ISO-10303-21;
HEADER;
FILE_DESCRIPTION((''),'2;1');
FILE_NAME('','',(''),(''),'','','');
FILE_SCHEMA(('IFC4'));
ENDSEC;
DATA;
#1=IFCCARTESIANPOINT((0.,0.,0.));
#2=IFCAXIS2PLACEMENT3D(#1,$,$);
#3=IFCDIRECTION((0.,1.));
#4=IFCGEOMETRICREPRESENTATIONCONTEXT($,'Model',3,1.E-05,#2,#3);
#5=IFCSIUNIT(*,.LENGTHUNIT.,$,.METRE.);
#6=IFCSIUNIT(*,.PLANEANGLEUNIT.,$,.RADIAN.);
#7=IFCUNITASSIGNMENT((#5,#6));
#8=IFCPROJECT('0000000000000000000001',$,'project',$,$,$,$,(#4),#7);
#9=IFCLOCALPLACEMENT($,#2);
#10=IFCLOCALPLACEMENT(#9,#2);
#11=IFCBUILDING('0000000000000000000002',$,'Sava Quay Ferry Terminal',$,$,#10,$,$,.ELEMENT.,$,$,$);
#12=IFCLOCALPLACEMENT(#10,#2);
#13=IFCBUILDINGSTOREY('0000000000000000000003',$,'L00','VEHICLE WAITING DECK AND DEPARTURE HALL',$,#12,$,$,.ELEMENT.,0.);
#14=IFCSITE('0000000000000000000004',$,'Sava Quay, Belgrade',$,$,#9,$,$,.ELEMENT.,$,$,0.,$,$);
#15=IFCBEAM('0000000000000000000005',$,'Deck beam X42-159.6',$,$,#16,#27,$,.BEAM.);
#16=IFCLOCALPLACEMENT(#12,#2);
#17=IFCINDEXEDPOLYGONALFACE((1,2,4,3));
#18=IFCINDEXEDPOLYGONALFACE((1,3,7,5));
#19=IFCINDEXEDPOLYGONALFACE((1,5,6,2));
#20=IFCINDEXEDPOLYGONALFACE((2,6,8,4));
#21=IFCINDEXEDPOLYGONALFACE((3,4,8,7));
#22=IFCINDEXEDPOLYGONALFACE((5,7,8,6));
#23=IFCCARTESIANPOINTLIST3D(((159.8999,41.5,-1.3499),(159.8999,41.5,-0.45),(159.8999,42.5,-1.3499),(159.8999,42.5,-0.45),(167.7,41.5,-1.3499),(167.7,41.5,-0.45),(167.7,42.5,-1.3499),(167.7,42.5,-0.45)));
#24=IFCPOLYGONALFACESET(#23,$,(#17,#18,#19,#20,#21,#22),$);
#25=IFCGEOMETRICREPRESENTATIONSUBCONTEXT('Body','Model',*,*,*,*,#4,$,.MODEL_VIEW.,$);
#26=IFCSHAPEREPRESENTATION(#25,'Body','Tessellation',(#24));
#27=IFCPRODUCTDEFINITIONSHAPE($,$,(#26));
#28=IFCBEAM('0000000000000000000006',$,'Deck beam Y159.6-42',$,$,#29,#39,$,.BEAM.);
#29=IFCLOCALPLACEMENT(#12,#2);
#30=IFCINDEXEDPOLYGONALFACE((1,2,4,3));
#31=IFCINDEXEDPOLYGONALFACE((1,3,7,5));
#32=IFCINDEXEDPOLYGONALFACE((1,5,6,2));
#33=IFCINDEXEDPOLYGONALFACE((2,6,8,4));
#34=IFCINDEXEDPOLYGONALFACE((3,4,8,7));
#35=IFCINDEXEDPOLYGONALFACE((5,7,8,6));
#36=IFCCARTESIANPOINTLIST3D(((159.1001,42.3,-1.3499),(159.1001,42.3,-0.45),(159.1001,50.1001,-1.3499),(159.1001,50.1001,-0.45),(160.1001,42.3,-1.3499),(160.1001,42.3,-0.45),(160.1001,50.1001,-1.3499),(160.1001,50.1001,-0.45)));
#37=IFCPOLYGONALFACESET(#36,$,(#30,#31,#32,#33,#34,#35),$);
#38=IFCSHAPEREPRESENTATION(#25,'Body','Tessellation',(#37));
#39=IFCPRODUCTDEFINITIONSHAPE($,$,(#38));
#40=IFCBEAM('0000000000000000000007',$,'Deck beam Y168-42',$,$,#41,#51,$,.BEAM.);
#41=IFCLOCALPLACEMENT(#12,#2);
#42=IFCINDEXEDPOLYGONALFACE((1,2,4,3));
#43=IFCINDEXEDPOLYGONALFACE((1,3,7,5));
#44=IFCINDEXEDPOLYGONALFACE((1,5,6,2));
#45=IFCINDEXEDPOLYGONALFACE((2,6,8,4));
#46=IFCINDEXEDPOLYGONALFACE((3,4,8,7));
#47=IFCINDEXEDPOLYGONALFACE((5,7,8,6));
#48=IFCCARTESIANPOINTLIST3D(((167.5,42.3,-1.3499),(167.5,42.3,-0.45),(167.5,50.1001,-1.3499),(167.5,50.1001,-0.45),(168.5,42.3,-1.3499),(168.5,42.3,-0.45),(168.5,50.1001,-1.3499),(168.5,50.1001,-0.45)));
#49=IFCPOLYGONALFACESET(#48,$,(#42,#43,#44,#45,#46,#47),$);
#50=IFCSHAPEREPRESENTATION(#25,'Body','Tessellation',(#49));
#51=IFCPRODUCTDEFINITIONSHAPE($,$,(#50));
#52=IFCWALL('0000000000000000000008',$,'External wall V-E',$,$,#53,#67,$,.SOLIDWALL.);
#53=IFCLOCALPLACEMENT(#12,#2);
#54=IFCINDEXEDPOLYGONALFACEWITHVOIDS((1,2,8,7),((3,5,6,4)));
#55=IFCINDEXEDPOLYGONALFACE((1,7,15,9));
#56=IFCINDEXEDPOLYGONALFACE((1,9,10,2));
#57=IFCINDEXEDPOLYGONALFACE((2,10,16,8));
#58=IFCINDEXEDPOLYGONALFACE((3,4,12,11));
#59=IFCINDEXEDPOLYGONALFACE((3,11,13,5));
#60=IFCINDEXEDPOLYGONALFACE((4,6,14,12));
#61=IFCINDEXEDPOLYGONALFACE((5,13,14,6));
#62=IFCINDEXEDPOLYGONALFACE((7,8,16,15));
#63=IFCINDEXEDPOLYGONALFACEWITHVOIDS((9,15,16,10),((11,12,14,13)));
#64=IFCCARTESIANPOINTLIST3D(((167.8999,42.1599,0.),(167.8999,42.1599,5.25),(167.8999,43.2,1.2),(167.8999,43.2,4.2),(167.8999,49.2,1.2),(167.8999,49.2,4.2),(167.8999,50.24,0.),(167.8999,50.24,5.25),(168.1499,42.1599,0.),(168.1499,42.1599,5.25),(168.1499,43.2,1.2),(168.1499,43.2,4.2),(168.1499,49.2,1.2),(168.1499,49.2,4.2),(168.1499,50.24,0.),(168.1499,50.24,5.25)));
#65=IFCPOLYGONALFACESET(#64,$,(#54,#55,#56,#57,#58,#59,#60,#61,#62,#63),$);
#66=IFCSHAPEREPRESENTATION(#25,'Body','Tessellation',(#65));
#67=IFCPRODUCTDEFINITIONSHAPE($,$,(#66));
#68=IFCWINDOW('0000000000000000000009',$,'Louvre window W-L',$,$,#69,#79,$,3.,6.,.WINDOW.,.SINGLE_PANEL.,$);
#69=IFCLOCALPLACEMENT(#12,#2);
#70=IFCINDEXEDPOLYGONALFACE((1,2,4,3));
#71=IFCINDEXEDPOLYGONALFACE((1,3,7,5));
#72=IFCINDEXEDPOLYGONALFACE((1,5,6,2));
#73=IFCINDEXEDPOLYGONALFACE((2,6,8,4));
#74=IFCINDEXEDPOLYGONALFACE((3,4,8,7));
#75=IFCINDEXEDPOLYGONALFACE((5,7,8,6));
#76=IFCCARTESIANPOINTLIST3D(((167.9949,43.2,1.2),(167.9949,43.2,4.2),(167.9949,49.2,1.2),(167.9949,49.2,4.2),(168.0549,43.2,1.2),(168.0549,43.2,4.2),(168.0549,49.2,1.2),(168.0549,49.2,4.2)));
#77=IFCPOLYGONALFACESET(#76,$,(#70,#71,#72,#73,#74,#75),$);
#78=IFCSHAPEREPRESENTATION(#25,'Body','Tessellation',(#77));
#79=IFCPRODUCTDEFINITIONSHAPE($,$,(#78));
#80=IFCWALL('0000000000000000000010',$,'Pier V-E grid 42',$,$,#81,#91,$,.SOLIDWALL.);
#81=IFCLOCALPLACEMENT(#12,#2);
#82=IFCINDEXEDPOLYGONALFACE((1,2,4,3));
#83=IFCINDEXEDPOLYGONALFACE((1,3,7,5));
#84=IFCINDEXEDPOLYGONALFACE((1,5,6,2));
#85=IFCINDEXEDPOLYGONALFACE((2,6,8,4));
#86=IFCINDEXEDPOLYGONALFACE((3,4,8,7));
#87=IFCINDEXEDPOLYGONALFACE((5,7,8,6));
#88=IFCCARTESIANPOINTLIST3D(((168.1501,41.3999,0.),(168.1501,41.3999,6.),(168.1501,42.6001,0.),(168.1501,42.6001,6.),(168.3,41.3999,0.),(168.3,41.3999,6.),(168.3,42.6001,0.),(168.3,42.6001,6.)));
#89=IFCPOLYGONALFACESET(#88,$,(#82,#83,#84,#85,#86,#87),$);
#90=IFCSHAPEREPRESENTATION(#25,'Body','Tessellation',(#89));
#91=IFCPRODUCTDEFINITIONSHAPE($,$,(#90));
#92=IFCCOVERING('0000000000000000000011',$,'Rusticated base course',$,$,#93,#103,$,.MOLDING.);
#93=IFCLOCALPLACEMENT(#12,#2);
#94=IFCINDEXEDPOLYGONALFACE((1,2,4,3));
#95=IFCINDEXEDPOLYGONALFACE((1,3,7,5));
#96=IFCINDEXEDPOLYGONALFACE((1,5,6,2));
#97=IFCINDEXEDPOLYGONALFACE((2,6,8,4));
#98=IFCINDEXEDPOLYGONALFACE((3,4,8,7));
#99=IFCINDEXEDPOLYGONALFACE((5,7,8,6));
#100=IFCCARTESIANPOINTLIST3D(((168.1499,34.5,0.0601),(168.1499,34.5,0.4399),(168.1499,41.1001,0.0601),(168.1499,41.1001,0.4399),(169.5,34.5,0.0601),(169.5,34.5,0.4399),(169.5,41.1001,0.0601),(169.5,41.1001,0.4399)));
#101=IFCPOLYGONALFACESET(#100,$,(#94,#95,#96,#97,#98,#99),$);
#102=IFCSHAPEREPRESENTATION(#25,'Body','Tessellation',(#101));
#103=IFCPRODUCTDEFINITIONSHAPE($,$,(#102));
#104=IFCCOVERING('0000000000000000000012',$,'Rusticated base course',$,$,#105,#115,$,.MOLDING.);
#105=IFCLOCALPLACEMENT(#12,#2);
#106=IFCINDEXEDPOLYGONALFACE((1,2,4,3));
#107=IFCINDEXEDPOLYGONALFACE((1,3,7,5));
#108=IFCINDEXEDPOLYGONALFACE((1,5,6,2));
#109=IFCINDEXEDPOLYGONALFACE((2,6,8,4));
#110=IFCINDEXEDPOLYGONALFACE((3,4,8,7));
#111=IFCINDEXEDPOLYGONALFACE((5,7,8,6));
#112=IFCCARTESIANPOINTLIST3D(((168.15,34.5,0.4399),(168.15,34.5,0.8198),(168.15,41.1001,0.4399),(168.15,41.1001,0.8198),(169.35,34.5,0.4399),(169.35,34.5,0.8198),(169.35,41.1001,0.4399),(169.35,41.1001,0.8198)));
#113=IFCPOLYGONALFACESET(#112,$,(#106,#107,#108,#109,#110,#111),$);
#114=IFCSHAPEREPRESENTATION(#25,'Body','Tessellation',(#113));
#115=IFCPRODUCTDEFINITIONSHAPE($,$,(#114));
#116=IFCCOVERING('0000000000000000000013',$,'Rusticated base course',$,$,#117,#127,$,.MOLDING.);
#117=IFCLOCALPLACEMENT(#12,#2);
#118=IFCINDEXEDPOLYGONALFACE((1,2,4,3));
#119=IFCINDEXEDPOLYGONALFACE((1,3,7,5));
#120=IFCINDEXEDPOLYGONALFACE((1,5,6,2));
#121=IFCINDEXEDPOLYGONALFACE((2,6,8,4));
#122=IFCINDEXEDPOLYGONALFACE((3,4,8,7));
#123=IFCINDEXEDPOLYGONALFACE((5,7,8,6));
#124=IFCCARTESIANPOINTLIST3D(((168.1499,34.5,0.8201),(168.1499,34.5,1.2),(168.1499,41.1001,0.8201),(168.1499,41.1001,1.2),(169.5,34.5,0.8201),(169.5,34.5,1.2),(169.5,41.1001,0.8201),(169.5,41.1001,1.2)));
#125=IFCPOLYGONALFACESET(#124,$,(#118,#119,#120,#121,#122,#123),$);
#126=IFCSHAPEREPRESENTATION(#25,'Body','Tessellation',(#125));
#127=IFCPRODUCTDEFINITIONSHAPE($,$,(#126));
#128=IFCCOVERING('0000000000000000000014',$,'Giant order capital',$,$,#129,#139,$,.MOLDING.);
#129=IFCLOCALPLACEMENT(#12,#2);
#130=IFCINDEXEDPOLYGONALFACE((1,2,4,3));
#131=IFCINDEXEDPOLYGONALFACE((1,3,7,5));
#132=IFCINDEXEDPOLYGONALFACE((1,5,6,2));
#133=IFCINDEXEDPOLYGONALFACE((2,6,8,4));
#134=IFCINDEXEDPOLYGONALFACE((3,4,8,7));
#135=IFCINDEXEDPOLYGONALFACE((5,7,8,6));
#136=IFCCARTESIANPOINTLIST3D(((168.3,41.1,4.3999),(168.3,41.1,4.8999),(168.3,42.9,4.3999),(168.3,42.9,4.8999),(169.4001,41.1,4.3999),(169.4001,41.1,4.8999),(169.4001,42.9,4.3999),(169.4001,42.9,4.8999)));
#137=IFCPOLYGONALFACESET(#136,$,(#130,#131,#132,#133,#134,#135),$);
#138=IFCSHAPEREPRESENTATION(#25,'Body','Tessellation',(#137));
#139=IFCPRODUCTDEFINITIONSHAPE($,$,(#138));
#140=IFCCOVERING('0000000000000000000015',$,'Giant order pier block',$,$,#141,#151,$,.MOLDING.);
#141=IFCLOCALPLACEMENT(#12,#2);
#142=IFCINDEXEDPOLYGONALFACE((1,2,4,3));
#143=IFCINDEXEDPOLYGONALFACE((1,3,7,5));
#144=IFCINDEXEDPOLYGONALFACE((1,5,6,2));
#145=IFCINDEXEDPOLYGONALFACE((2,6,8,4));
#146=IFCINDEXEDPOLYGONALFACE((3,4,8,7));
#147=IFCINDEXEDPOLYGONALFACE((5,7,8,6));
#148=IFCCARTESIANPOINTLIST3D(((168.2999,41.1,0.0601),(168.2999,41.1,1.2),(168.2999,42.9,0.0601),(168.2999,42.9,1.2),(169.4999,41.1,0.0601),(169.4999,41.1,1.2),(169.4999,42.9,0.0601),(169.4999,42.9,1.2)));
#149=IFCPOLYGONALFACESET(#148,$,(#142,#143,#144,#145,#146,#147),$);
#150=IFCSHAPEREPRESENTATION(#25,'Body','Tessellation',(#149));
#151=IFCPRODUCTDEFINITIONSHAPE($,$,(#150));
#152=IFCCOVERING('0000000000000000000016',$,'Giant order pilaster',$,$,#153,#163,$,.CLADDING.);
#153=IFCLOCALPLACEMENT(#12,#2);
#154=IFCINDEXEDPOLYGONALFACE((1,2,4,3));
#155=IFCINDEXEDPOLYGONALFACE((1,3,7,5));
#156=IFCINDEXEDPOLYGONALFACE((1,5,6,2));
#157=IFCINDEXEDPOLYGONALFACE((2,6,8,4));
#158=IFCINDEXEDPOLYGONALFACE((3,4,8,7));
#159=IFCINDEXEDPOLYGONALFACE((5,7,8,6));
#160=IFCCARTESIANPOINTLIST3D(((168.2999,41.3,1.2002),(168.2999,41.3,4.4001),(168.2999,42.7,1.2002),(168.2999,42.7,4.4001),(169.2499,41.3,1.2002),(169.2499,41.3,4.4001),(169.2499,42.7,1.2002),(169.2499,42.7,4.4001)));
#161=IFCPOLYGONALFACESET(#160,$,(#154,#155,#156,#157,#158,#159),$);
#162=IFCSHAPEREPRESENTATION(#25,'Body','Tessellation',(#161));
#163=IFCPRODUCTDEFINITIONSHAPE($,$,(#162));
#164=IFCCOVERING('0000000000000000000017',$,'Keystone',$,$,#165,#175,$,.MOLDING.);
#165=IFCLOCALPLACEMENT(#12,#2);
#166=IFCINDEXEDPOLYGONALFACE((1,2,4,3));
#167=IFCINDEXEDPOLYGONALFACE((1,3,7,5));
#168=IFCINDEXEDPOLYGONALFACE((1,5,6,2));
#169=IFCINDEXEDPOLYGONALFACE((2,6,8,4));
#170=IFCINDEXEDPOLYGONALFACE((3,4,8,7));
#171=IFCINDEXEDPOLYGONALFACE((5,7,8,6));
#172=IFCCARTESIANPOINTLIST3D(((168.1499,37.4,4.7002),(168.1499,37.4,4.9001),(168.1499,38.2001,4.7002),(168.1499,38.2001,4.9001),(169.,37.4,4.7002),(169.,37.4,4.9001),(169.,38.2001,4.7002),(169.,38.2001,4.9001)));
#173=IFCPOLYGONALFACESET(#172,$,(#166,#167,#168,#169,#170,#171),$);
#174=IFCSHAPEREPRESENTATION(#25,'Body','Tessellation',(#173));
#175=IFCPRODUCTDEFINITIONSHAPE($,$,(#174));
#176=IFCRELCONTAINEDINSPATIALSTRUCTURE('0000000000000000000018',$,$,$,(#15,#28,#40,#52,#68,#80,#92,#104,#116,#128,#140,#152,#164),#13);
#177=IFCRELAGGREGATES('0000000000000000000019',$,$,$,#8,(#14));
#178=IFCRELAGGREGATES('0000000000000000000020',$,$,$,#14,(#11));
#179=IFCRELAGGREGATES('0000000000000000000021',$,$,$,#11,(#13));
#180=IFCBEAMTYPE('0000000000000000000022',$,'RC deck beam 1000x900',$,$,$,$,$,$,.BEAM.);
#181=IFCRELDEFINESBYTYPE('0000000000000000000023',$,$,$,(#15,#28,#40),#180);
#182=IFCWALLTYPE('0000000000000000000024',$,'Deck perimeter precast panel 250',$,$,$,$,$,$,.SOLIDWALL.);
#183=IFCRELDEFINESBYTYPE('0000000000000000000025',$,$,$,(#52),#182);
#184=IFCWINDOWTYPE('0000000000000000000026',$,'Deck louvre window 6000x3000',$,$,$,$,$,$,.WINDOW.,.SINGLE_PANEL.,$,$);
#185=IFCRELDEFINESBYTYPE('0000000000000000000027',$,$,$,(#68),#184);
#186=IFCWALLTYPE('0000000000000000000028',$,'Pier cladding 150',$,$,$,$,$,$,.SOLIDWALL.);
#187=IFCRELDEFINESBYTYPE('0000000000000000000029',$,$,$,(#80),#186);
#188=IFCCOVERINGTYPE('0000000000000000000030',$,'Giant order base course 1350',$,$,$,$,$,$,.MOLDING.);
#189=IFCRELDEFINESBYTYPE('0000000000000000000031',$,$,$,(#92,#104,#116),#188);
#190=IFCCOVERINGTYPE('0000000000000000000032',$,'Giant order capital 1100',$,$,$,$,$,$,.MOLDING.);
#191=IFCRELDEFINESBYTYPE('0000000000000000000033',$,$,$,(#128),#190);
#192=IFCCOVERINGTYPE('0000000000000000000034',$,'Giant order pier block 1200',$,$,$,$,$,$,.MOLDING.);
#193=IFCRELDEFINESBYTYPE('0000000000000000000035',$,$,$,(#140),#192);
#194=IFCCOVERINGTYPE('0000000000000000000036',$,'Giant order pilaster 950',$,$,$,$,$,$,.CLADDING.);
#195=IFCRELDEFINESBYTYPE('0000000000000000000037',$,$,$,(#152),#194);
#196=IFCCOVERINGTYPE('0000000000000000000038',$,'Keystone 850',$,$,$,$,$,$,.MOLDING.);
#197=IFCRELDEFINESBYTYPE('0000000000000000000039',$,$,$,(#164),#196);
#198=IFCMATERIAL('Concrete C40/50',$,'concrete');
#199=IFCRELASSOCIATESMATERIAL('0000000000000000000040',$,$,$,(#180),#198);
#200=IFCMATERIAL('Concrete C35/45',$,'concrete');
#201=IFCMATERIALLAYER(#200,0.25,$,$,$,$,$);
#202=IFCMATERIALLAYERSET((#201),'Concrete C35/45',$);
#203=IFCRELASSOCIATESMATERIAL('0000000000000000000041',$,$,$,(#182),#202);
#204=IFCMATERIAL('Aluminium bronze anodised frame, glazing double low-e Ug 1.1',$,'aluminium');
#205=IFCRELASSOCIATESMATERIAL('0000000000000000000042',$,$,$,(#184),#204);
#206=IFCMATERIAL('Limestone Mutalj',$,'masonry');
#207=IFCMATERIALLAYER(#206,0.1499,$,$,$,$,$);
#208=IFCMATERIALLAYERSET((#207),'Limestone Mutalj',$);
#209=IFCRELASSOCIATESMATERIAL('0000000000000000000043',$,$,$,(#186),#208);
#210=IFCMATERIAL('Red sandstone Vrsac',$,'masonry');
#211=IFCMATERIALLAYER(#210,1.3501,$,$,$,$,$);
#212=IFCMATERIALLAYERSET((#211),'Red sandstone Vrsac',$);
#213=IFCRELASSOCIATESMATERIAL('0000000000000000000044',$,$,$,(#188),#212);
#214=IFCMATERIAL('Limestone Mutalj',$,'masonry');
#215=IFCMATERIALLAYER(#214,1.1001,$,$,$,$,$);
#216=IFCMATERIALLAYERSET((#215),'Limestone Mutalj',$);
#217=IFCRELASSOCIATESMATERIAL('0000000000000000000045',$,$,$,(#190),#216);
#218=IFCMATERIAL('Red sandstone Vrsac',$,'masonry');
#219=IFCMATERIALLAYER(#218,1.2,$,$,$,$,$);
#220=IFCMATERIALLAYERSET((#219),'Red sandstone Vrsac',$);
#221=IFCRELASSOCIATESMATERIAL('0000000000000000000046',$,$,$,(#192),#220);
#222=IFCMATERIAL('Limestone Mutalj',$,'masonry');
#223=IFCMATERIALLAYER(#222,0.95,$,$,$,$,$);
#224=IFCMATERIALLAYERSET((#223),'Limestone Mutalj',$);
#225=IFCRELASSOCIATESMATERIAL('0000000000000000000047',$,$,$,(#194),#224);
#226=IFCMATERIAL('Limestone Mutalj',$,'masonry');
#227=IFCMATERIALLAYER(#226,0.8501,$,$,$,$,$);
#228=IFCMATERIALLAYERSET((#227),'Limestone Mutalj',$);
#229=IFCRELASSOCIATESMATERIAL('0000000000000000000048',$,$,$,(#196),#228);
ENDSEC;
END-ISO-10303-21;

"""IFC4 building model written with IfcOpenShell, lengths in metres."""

from ifc_helpers import new_model, si_unit, direction, frame, frame_2d, origin, origin_2d, place, context, subcontext, project, spatial, rectangle, extrude, material, layer, layer_set, material_profile, profile_set, type_object, element, fill, save


model = new_model("IFC4")

# Units and contexts
model_context = context("Model", 3, precision=1e-05, world=origin(), true_north=direction((0.0, 1.0)))
body_context = subcontext(model_context, "Body", "Model", "MODEL_VIEW")
ifc_project = project(units=[si_unit("LENGTHUNIT", "METRE"), si_unit("PLANEANGLEUNIT", "RADIAN")], contexts=[model_context])

# Site, building, storey
site_placement = place(None, origin())
site = spatial("IfcSite", under=ifc_project, at=site_placement, Name="Sava Quay, Belgrade", CompositionType="ELEMENT", RefElevation=0.0)
building_placement = place(site_placement, origin())
building = spatial("IfcBuilding", under=site, at=building_placement, Name="Sava Quay Ferry Terminal", CompositionType="ELEMENT")
storey_placement = place(building_placement, origin())
storey = spatial("IfcBuildingStorey", under=building, at=storey_placement, Name="L00", Description="VEHICLE WAITING DECK AND DEPARTURE HALL", CompositionType="ELEMENT", Elevation=0.0)

# Beams
ifc_material_1 = material(Name="Concrete C40/50", Category="concrete")
ifc_material_profile_1 = material_profile(ifc_material_1, rectangle(XDim=1.0, YDim=0.8999, at=origin_2d()), Name="RC 1000x900")
ifc_profile_set_1 = profile_set([ifc_material_profile_1], Name="Concrete C40/50")
beam_type = type_object("IfcBeamType", Name="RC deck beam 1000x900", PredefinedType="BEAM", material=ifc_profile_set_1)
for number, where, z_axis, x_axis, name in (
    (1, (159.8999, 42.0, -0.8999), (1.0, 0.0, 0.0), (0.0, 1.0, 0.0), "Deck beam X42-159.6"),
    (2, (159.6001, 42.3, -0.8999), (0.0, 1.0, 0.0), (-1.0, 0.0, 0.0), "Deck beam Y159.6-42"),
    (3, (168.0, 42.3, -0.8999), (0.0, 1.0, 0.0), (-1.0, 0.0, 0.0), "Deck beam Y168-42"),
):
    element("IfcBeam", number, at=place(storey_placement, frame(where, z_axis=z_axis, x_axis=x_axis)), inside=storey, type_object=beam_type, Name=name, PredefinedType="BEAM", context=body_context, shape_type="SweptSolid", body=[
        extrude(rectangle(XDim=1.0, YDim=0.8999, at=origin_2d()), origin(), (0.0, 0.0, 1.0), 7.8),
    ])

# Wall, opening, window
ifc_material_2 = material(Name="Concrete C35/45", Category="concrete")
ifc_layer_1 = layer(ifc_material_2, 0.25)
ifc_layer_set_1 = layer_set([ifc_layer_1], Name="Concrete C35/45")
wall_type_1 = type_object("IfcWallType", Name="Deck perimeter precast panel 250", PredefinedType="SOLIDWALL", material=ifc_layer_set_1)
wall_1_placement = place(storey_placement, frame((168.0249, 42.1599, 0.0), z_axis=(0.0, 0.0, 1.0), x_axis=(0.0, 1.0, 0.0)))
wall_1 = element("IfcWall", 4, at=wall_1_placement, inside=storey, type_object=wall_type_1, Name="External wall V-E", PredefinedType="SOLIDWALL", context=body_context, shape_type="SweptSolid", body=[
    extrude(rectangle(XDim=8.0801, YDim=0.25, at=frame_2d((4.04, 0.0))), origin(), (0.0, 0.0, 1.0), 5.25),
])
opening_placement = place(wall_1_placement, frame((1.04, 0.0, 1.2)))
opening = element("IfcOpeningElement", 5, at=opening_placement, cuts=wall_1, PredefinedType="OPENING", context=body_context, shape_type="SweptSolid", body=[
    extrude(rectangle(XDim=6.0, YDim=3.0, at=frame_2d((3.0, 1.5))), frame((0.0, 0.125, 0.0), z_axis=(0.0, -1.0, 0.0), x_axis=(1.0, 0.0, 0.0)), (0.0, 0.0, 1.0), 0.25),
])
ifc_material_3 = material(Name="Aluminium bronze anodised frame, glazing double low-e Ug 1.1", Category="aluminium")
window_type = type_object("IfcWindowType", Name="Deck louvre window 6000x3000", PartitioningType="SINGLE_PANEL", PredefinedType="WINDOW", material=ifc_material_3)
window_placement = place(opening_placement, origin())
window = element("IfcWindow", 6, at=window_placement, inside=storey, type_object=window_type, Name="Louvre window W-L", OverallHeight=3.0, OverallWidth=6.0, PartitioningType="SINGLE_PANEL", PredefinedType="WINDOW", context=body_context, shape_type="SweptSolid", body=[
    extrude(rectangle(XDim=6.0, YDim=3.0, at=frame_2d((3.0, 1.5))), frame((0.0, 0.03, 0.0), z_axis=(0.0, -1.0, 0.0), x_axis=(1.0, 0.0, 0.0)), (0.0, 0.0, 1.0), 0.0601),
])
fill(opening, window)

# Wall
ifc_material_4 = material(Name="Limestone Mutalj", Category="masonry")
ifc_layer_2 = layer(ifc_material_4, 0.1499)
ifc_layer_set_2 = layer_set([ifc_layer_2], Name="Limestone Mutalj")
wall_type_2 = type_object("IfcWallType", Name="Pier cladding 150", PredefinedType="SOLIDWALL", material=ifc_layer_set_2)
wall_2_placement = place(storey_placement, frame((168.2251, 41.3999, 0.0), z_axis=(0.0, 0.0, 1.0), x_axis=(0.0, 1.0, 0.0)))
element("IfcWall", 7, at=wall_2_placement, inside=storey, type_object=wall_type_2, Name="Pier V-E grid 42", PredefinedType="SOLIDWALL", context=body_context, shape_type="SweptSolid", body=[
    extrude(rectangle(XDim=1.2002, YDim=0.1499, at=frame_2d((0.6001, 0.0))), origin(), (0.0, 0.0, 1.0), 6.0),
])

# Coverings
ifc_material_5 = material(Name="Red sandstone Vrsac", Category="masonry")
ifc_layer_3 = layer(ifc_material_5, 1.3501)
ifc_layer_set_3 = layer_set([ifc_layer_3], Name="Red sandstone Vrsac")
covering_type_1 = type_object("IfcCoveringType", Name="Giant order base course 1350", PredefinedType="MOLDING", material=ifc_layer_set_3)
covering_1_placement = place(storey_placement, frame((168.825, 37.8, 0.0601), z_axis=(0.0, 0.0, 1.0), x_axis=(1.0, 0.0, 0.0)))
element("IfcCovering", 8, at=covering_1_placement, inside=storey, type_object=covering_type_1, Name="Rusticated base course", PredefinedType="MOLDING", context=body_context, shape_type="SweptSolid", body=[
    extrude(rectangle(XDim=1.3501, YDim=6.6001, at=origin_2d()), origin(), (0.0, 0.0, 1.0), 0.3799),
])
covering_2_placement = place(storey_placement, frame((168.75, 37.8, 0.4399), z_axis=(0.0, 0.0, 1.0), x_axis=(1.0, 0.0, 0.0)))
element("IfcCovering", 9, at=covering_2_placement, inside=storey, type_object=covering_type_1, Name="Rusticated base course", PredefinedType="MOLDING", context=body_context, shape_type="SweptSolid", body=[
    extrude(rectangle(XDim=1.2, YDim=6.6001, at=origin_2d()), origin(), (0.0, 0.0, 1.0), 0.3799),
])
covering_3_placement = place(storey_placement, frame((168.825, 37.8, 0.8201), z_axis=(0.0, 0.0, 1.0), x_axis=(1.0, 0.0, 0.0)))
element("IfcCovering", 10, at=covering_3_placement, inside=storey, type_object=covering_type_1, Name="Rusticated base course", PredefinedType="MOLDING", context=body_context, shape_type="SweptSolid", body=[
    extrude(rectangle(XDim=1.3501, YDim=6.6001, at=origin_2d()), origin(), (0.0, 0.0, 1.0), 0.3799),
])
ifc_material_6 = material(Name="Limestone Mutalj", Category="masonry")
ifc_layer_4 = layer(ifc_material_6, 1.1001)
ifc_layer_set_4 = layer_set([ifc_layer_4], Name="Limestone Mutalj")
covering_type_2 = type_object("IfcCoveringType", Name="Giant order capital 1100", PredefinedType="MOLDING", material=ifc_layer_set_4)
covering_4_placement = place(storey_placement, frame((168.8501, 42.0, 4.3999), z_axis=(0.0, 0.0, 1.0), x_axis=(1.0, 0.0, 0.0)))
element("IfcCovering", 11, at=covering_4_placement, inside=storey, type_object=covering_type_2, Name="Giant order capital", PredefinedType="MOLDING", context=body_context, shape_type="SweptSolid", body=[
    extrude(rectangle(XDim=1.1001, YDim=1.8, at=origin_2d()), origin(), (0.0, 0.0, 1.0), 0.5),
])
ifc_material_7 = material(Name="Red sandstone Vrsac", Category="masonry")
ifc_layer_5 = layer(ifc_material_7, 1.2)
ifc_layer_set_5 = layer_set([ifc_layer_5], Name="Red sandstone Vrsac")
covering_type_3 = type_object("IfcCoveringType", Name="Giant order pier block 1200", PredefinedType="MOLDING", material=ifc_layer_set_5)
covering_5_placement = place(storey_placement, frame((168.8999, 42.0, 0.0601), z_axis=(0.0, 0.0, 1.0), x_axis=(1.0, 0.0, 0.0)))
element("IfcCovering", 12, at=covering_5_placement, inside=storey, type_object=covering_type_3, Name="Giant order pier block", PredefinedType="MOLDING", context=body_context, shape_type="SweptSolid", body=[
    extrude(rectangle(XDim=1.2, YDim=1.8, at=origin_2d()), origin(), (0.0, 0.0, 1.0), 1.1399),
])
ifc_material_8 = material(Name="Limestone Mutalj", Category="masonry")
ifc_layer_6 = layer(ifc_material_8, 0.95)
ifc_layer_set_6 = layer_set([ifc_layer_6], Name="Limestone Mutalj")
covering_type_4 = type_object("IfcCoveringType", Name="Giant order pilaster 950", PredefinedType="CLADDING", material=ifc_layer_set_6)
covering_6_placement = place(storey_placement, frame((168.7749, 42.0, 1.2002), z_axis=(0.0, 0.0, 1.0), x_axis=(1.0, 0.0, 0.0)))
element("IfcCovering", 13, at=covering_6_placement, inside=storey, type_object=covering_type_4, Name="Giant order pilaster", PredefinedType="CLADDING", context=body_context, shape_type="SweptSolid", body=[
    extrude(rectangle(XDim=0.95, YDim=1.3999, at=origin_2d()), origin(), (0.0, 0.0, 1.0), 3.2),
])
ifc_material_9 = material(Name="Limestone Mutalj", Category="masonry")
ifc_layer_7 = layer(ifc_material_9, 0.8501)
ifc_layer_set_7 = layer_set([ifc_layer_7], Name="Limestone Mutalj")
covering_type_5 = type_object("IfcCoveringType", Name="Keystone 850", PredefinedType="MOLDING", material=ifc_layer_set_7)
covering_7_placement = place(storey_placement, frame((168.575, 37.8, 4.7002), z_axis=(0.0, 0.0, 1.0), x_axis=(1.0, 0.0, 0.0)))
element("IfcCovering", 14, at=covering_7_placement, inside=storey, type_object=covering_type_5, Name="Keystone", PredefinedType="MOLDING", context=body_context, shape_type="SweptSolid", body=[
    extrude(rectangle(XDim=0.8501, YDim=0.8, at=origin_2d()), origin(), (0.0, 0.0, 1.0), 0.2),
])

save(model, "model.ifc")
